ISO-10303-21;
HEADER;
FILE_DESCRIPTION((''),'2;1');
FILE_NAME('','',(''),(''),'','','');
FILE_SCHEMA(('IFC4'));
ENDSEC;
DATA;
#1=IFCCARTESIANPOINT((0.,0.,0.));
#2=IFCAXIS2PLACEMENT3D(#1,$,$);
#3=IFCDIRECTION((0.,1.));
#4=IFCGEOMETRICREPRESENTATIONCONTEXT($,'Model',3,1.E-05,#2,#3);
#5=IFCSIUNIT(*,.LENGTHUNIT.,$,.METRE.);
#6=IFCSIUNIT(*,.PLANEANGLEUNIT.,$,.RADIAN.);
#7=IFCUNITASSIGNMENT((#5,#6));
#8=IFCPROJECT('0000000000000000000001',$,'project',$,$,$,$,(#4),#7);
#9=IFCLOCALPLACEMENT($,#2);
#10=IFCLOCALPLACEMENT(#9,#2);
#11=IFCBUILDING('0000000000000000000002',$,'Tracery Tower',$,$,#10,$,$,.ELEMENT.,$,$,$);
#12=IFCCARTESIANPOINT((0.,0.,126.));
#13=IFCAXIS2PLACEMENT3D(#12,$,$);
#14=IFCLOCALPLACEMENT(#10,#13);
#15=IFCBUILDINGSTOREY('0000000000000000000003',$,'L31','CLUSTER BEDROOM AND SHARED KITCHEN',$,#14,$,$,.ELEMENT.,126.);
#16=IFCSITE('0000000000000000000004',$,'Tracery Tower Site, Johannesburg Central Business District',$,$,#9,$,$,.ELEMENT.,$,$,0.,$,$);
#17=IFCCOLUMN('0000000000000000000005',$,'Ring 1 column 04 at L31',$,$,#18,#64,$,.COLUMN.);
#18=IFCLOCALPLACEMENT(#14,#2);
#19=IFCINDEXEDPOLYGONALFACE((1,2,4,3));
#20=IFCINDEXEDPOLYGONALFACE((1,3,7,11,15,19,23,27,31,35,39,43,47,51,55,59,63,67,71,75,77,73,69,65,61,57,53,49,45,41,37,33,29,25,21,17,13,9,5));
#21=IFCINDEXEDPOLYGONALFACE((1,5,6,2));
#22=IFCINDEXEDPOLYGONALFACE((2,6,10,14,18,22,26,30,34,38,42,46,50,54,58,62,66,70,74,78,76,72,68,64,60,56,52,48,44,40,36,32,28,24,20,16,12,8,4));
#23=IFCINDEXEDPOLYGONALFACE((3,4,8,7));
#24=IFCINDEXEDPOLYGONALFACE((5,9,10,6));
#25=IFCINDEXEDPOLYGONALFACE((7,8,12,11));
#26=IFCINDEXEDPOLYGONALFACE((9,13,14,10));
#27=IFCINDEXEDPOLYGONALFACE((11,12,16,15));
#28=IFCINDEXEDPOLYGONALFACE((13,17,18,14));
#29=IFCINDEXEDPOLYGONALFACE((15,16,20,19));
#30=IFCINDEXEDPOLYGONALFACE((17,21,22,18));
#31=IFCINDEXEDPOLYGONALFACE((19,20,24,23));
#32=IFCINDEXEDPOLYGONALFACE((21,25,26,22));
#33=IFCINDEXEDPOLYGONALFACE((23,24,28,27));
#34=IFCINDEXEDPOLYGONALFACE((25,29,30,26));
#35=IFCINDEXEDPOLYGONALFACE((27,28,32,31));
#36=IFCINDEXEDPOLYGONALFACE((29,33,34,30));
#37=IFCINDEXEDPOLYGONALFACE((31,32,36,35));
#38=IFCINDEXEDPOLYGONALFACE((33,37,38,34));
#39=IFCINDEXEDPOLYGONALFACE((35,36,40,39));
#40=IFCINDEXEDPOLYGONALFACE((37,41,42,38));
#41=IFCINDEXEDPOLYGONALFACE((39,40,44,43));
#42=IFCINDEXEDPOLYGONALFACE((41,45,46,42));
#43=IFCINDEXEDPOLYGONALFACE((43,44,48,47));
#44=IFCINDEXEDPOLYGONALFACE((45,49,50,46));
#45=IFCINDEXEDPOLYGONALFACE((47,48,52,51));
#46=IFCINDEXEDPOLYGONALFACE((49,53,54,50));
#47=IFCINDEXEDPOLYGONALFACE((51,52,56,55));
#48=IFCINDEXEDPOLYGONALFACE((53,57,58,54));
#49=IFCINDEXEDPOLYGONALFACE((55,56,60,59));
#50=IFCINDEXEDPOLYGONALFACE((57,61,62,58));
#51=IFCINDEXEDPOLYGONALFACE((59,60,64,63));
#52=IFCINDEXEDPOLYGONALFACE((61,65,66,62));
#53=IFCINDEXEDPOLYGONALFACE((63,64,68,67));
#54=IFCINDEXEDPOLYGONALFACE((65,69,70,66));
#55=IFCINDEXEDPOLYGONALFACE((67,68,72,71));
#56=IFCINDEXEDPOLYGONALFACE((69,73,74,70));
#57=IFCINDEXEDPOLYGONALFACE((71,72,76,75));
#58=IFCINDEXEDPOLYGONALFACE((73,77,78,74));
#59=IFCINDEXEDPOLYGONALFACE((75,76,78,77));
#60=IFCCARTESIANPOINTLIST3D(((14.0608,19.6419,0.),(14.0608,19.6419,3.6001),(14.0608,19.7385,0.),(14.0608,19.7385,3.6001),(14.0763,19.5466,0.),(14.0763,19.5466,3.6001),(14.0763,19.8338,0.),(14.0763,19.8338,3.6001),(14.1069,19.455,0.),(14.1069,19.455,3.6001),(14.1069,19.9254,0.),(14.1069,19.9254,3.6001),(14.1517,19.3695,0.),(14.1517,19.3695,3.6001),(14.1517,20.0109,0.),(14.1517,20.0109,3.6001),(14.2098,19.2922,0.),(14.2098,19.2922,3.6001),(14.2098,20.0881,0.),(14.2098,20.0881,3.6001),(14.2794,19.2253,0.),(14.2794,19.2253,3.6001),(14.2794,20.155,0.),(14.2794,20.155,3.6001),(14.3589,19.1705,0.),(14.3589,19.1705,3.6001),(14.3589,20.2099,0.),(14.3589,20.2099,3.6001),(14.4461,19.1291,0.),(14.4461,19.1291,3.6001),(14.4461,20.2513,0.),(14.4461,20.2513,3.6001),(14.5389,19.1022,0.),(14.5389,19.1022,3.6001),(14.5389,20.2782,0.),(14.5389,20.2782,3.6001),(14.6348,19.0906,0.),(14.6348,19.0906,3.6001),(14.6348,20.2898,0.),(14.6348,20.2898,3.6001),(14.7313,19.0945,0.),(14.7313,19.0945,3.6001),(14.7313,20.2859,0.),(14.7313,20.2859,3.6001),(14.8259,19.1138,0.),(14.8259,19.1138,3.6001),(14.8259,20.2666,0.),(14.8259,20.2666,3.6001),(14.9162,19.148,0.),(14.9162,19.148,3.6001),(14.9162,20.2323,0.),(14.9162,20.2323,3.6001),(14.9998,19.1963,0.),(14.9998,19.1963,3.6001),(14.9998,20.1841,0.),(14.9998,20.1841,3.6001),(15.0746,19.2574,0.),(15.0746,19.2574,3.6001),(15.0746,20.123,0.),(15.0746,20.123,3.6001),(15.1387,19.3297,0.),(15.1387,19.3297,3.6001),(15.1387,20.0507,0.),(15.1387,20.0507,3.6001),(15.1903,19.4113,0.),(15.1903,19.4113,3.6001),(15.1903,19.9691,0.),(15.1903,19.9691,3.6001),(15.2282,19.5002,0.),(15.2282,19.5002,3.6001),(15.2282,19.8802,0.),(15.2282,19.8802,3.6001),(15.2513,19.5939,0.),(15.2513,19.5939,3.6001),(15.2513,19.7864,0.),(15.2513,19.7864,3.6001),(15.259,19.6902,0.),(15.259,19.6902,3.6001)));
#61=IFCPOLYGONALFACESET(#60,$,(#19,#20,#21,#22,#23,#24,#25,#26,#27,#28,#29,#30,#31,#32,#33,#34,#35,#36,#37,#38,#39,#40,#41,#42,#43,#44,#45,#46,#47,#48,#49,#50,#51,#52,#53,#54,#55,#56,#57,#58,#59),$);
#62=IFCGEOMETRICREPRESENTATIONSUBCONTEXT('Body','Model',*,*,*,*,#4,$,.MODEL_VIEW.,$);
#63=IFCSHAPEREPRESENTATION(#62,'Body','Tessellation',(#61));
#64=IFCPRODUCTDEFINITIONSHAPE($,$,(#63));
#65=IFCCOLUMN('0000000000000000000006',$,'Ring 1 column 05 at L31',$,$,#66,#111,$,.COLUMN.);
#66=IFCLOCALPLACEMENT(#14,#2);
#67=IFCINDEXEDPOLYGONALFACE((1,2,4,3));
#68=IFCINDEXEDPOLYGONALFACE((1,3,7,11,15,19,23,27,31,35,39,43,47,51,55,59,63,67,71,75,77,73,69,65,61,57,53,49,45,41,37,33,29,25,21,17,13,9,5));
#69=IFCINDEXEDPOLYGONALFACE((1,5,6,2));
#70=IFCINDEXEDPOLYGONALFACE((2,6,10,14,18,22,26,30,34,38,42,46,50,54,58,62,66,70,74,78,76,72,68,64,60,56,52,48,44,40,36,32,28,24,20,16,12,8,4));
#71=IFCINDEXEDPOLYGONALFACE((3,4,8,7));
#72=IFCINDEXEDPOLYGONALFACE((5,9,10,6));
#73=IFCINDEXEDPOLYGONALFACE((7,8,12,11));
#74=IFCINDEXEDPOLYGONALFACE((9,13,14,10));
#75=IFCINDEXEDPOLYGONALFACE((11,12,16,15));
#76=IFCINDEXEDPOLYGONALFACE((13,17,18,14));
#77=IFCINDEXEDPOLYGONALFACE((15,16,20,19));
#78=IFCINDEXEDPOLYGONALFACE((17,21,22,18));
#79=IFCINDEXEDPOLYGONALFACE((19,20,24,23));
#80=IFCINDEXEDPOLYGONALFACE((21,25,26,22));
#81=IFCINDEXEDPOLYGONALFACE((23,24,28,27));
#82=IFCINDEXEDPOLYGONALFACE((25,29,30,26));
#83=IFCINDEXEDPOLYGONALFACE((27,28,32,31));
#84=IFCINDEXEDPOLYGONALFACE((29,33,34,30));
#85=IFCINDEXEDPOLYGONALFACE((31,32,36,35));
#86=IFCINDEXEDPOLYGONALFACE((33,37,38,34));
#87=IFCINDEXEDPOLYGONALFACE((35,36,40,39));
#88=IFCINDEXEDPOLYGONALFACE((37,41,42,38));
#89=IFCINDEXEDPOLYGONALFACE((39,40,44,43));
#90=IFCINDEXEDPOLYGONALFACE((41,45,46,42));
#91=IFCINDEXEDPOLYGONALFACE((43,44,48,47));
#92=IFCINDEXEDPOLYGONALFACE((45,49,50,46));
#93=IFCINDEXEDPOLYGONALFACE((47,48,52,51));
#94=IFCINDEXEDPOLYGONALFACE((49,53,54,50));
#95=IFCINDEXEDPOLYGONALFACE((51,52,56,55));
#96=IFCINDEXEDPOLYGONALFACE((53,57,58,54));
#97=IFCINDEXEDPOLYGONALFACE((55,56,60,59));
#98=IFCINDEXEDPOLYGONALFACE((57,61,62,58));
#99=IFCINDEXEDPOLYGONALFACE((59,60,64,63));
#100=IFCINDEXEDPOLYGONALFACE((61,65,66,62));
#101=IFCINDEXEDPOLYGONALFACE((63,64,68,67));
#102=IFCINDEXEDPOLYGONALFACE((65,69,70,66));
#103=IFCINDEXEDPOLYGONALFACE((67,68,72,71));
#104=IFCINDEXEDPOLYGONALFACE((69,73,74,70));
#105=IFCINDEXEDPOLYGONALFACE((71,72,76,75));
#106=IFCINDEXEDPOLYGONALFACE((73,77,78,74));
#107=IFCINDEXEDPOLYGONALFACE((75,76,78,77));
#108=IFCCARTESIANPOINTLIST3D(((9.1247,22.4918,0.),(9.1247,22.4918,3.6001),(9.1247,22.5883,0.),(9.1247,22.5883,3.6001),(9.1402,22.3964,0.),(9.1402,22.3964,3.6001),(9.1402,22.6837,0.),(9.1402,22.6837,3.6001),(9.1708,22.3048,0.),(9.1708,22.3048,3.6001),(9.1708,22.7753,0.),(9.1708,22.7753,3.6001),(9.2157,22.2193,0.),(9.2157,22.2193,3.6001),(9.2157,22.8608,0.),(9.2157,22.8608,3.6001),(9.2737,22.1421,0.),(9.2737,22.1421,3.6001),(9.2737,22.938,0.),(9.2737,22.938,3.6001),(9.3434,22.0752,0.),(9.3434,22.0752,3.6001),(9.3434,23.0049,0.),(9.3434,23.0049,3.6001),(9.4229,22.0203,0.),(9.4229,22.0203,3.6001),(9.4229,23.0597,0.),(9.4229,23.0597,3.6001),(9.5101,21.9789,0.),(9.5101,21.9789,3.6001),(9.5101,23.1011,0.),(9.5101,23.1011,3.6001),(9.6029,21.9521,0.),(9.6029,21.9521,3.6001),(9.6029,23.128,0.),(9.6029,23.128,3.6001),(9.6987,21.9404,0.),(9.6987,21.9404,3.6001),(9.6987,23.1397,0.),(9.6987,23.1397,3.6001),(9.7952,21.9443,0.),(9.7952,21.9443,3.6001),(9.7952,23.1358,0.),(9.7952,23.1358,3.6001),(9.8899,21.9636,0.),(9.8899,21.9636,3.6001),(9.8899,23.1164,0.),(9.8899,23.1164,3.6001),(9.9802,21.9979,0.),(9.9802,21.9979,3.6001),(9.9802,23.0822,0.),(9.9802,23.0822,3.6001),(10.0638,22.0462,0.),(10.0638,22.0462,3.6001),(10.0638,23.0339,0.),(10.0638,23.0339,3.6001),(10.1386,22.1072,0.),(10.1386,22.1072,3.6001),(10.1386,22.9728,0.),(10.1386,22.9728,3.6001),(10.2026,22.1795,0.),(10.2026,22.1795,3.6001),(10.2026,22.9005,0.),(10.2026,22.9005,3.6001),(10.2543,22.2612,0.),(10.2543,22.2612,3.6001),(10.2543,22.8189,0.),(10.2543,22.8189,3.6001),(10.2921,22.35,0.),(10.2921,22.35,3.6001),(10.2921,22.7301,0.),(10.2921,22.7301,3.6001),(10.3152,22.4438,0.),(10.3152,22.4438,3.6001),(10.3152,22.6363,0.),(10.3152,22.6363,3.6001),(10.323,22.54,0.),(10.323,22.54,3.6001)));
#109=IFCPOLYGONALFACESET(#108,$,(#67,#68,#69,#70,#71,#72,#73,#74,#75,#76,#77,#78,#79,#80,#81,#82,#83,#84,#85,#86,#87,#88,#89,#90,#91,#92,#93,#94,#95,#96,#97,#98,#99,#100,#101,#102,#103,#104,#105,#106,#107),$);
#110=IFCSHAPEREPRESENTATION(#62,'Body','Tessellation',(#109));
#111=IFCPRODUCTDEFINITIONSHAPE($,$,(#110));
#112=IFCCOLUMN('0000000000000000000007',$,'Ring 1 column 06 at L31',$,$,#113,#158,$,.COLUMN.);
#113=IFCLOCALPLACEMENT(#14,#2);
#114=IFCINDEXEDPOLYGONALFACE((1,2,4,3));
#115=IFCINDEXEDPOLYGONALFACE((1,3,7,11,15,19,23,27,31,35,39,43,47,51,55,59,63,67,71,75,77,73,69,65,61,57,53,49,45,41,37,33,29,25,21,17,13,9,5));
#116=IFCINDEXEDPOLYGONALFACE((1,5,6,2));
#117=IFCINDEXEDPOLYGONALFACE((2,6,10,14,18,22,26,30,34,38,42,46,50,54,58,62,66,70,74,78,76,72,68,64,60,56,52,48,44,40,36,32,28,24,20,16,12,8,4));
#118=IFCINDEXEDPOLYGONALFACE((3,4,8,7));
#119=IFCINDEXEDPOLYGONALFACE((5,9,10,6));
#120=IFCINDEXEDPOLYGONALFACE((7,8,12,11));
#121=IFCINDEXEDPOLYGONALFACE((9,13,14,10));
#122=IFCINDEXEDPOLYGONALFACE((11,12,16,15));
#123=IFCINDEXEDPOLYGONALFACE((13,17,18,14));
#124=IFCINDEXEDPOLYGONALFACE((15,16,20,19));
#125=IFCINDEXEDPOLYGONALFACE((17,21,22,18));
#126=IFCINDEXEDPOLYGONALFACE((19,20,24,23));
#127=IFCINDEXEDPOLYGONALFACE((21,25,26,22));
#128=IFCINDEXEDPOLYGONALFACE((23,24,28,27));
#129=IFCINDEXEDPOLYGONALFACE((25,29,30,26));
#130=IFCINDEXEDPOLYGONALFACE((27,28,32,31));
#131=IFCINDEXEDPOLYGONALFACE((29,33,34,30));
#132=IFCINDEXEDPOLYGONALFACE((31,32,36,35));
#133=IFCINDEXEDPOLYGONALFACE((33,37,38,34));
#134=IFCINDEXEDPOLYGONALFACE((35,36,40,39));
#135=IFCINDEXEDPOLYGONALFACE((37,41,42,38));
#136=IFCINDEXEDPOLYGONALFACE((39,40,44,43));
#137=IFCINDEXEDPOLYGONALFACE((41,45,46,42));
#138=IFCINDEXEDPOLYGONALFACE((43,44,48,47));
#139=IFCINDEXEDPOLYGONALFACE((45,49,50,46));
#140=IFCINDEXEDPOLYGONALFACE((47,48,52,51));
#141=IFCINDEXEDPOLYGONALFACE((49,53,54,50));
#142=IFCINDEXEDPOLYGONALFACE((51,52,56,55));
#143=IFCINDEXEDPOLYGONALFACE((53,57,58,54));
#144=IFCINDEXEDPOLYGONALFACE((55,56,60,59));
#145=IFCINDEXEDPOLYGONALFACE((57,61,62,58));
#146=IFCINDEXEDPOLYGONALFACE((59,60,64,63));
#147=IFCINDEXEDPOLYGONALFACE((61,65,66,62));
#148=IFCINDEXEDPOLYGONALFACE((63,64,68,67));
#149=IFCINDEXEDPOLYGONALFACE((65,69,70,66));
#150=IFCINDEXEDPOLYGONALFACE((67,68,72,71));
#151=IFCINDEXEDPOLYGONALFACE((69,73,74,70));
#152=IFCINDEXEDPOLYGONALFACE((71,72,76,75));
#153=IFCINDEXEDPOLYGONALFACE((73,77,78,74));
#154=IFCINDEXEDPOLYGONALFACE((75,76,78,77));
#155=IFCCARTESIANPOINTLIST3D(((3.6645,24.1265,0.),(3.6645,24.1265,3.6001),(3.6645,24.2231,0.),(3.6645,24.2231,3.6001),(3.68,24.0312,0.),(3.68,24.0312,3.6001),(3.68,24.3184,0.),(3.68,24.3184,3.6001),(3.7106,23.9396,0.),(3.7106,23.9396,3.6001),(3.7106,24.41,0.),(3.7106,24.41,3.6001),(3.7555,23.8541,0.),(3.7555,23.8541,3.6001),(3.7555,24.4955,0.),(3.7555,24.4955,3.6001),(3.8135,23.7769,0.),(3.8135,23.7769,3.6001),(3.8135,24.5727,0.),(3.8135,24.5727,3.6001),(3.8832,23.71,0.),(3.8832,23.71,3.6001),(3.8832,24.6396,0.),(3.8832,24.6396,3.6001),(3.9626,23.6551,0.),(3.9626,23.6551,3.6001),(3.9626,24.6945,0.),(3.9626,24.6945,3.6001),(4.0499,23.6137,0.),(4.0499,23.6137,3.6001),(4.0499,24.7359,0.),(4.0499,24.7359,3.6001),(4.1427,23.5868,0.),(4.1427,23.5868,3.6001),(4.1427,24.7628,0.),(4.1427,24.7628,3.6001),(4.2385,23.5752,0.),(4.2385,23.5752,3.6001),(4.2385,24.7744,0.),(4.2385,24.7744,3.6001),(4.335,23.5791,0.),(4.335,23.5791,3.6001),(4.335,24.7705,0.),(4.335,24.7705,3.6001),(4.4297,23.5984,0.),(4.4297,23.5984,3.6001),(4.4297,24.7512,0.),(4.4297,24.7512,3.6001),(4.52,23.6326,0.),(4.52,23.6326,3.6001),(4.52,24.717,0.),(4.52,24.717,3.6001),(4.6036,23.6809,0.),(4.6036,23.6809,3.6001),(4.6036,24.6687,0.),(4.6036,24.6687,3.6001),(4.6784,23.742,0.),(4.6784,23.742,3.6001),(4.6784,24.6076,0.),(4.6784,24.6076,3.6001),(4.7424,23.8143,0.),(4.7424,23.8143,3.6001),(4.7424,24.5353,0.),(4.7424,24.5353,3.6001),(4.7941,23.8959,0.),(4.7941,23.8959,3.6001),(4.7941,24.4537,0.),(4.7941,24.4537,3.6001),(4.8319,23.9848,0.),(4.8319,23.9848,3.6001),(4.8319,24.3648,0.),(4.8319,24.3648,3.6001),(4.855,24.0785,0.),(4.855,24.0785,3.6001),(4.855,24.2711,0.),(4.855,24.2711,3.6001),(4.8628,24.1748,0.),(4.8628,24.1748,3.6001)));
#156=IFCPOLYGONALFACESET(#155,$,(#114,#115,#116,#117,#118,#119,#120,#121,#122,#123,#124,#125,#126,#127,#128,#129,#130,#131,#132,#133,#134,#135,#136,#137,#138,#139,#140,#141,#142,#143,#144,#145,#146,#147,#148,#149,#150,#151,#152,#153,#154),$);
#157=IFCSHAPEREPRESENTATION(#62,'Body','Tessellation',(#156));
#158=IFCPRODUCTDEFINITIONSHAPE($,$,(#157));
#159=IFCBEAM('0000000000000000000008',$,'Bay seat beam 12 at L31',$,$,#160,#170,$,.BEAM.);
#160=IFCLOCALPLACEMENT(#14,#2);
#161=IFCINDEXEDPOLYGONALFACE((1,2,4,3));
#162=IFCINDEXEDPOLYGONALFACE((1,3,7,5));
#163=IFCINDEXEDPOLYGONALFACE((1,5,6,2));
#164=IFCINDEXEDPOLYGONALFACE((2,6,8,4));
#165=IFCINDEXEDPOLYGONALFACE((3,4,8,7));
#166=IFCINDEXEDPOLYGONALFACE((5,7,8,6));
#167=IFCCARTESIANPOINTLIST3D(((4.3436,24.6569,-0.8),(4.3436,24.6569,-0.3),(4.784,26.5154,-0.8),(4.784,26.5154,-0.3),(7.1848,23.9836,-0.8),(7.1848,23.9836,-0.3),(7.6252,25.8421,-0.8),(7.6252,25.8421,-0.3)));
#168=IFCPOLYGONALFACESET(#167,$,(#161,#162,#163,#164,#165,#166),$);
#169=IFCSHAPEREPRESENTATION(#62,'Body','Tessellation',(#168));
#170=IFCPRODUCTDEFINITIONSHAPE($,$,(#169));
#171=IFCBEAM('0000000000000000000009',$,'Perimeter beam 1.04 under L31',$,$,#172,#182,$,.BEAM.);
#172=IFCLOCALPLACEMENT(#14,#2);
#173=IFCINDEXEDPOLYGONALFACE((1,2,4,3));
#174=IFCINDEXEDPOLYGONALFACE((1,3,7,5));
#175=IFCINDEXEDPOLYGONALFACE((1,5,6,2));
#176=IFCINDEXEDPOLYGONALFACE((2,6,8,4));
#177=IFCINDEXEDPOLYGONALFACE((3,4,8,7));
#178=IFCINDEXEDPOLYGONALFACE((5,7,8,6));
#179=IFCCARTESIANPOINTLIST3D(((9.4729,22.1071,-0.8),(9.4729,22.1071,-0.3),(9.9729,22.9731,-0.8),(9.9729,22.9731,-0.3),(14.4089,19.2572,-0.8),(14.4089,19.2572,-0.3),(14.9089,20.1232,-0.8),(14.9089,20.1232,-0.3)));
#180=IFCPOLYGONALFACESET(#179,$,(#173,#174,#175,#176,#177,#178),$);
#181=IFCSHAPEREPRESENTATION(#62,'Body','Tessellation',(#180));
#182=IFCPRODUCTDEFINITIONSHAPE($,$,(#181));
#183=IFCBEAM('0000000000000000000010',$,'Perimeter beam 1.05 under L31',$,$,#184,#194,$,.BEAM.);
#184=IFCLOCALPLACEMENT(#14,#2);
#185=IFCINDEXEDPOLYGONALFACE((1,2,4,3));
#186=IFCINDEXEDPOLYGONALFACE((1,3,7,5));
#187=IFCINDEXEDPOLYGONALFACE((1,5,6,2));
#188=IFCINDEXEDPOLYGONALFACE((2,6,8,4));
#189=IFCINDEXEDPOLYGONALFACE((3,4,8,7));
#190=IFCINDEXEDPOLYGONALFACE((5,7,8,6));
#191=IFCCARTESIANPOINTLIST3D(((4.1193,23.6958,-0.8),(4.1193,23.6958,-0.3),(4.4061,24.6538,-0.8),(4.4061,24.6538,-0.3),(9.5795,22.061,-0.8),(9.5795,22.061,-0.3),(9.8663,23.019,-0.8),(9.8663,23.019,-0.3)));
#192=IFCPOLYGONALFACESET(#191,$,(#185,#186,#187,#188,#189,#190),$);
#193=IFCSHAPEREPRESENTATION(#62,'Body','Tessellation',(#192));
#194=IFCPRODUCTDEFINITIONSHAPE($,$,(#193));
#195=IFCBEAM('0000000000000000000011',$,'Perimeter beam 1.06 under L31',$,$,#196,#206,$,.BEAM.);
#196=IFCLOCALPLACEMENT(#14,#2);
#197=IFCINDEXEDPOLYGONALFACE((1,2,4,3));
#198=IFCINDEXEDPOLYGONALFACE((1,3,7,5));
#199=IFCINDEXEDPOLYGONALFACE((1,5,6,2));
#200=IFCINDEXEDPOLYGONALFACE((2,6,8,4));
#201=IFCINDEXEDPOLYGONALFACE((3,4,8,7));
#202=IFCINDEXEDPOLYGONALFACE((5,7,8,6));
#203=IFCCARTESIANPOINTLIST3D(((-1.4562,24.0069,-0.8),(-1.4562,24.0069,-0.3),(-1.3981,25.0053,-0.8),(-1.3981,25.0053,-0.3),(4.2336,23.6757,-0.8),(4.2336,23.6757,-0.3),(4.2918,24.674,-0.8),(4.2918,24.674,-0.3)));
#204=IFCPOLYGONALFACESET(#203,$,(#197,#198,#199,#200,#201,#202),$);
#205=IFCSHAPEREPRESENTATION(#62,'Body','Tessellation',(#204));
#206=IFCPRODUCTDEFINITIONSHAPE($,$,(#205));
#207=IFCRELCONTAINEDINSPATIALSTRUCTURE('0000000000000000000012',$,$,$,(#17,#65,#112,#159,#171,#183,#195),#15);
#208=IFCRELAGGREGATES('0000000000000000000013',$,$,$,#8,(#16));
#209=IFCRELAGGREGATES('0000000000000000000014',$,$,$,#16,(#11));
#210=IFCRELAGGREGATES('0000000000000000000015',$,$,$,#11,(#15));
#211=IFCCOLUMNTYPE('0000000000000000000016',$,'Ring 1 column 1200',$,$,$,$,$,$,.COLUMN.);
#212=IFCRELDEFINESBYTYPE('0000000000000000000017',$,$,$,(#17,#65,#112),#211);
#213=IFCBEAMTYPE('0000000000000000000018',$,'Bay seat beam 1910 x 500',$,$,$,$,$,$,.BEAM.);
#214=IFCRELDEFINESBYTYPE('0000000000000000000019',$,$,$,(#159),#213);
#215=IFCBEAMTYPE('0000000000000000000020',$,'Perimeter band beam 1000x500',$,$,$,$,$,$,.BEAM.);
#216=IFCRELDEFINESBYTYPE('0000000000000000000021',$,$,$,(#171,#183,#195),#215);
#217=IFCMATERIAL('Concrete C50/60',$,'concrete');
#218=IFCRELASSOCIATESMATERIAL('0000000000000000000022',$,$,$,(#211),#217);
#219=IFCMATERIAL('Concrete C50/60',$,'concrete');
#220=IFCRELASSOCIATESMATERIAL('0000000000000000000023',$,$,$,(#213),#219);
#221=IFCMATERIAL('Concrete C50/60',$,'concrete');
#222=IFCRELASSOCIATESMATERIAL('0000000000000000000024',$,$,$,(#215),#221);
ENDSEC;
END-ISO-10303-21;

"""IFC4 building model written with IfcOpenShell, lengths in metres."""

from ifc_helpers import new_model, si_unit, direction, frame, origin, origin_2d, place, context, subcontext, project, spatial, rectangle, circle, extrude, material, material_profile, profile_set, type_object, element, save


model = new_model("IFC4")

# Units and contexts
model_context = context("Model", 3, precision=1e-05, world=origin(), true_north=direction((0.0, 1.0)))
body_context = subcontext(model_context, "Body", "Model", "MODEL_VIEW")
ifc_project = project(units=[si_unit("LENGTHUNIT", "METRE"), si_unit("PLANEANGLEUNIT", "RADIAN")], contexts=[model_context])

# Site, building, storey
site_placement = place(None, origin())
site = spatial("IfcSite", under=ifc_project, at=site_placement, Name="Tracery Tower Site, Johannesburg Central Business District", CompositionType="ELEMENT", RefElevation=0.0)
building_placement = place(site_placement, origin())
building = spatial("IfcBuilding", under=site, at=building_placement, Name="Tracery Tower", CompositionType="ELEMENT")
storey_placement = place(building_placement, frame((0.0, 0.0, 126.0)))
storey = spatial("IfcBuildingStorey", under=building, at=storey_placement, Name="L31", Description="CLUSTER BEDROOM AND SHARED KITCHEN", CompositionType="ELEMENT", Elevation=126.0)

# Columns
ifc_material_1 = material(Name="Concrete C50/60", Category="concrete")
ifc_material_profile_1 = material_profile(ifc_material_1, circle(Radius=0.6001, at=origin_2d()), Name="RC D1200")
ifc_profile_set_1 = profile_set([ifc_material_profile_1], Name="Concrete C50/60")
column_type = type_object("IfcColumnType", Name="Ring 1 column 1200", PredefinedType="COLUMN", material=ifc_profile_set_1)
for number, where, z_axis, x_axis, name in (
    (1, (14.6589, 19.6902, 0.0), (0.0, 0.0, 1.0), (1.0, 0.0, 0.0), "Ring 1 column 04 at L31"),
    (2, (9.7229, 22.54, 0.0), (0.0, 0.0, 1.0), (1.0, 0.0, 0.0), "Ring 1 column 05 at L31"),
    (3, (4.2627, 24.1748, 0.0), (0.0, 0.0, 1.0), (1.0, 0.0, 0.0), "Ring 1 column 06 at L31"),
):
    element("IfcColumn", number, at=place(storey_placement, frame(where, z_axis=z_axis, x_axis=x_axis)), inside=storey, type_object=column_type, Name=name, PredefinedType="COLUMN", context=body_context, shape_type="SweptSolid", body=[
        extrude(circle(Radius=0.6001, at=origin_2d()), origin(), (0.0, 0.0, 1.0), 3.6001),
    ])

# Beams
ifc_material_2 = material(Name="Concrete C50/60", Category="concrete")
ifc_material_profile_2 = material_profile(ifc_material_2, rectangle(XDim=1.9099, YDim=0.5, at=origin_2d()), Name="RC 1910x500")
ifc_profile_set_2 = profile_set([ifc_material_profile_2], Name="Concrete C50/60")
beam_type_1 = type_object("IfcBeamType", Name="Bay seat beam 1910 x 500", PredefinedType="BEAM", material=ifc_profile_set_2)
beam_1_placement = place(storey_placement, frame((7.405, 24.9128, -0.55), z_axis=(-0.97305, 0.230596, 0.0), x_axis=(-0.230596, -0.97305, 0.0)))
element("IfcBeam", 4, at=beam_1_placement, inside=storey, type_object=beam_type_1, Name="Bay seat beam 12 at L31", PredefinedType="BEAM", context=body_context, shape_type="SweptSolid", body=[
    extrude(rectangle(XDim=1.9099, YDim=0.5, at=origin_2d()), origin(), (0.0, 0.0, 1.0), 2.9199),
])
ifc_material_3 = material(Name="Concrete C50/60", Category="concrete")
ifc_material_profile_3 = material_profile(ifc_material_3, rectangle(XDim=1.0, YDim=0.5, at=origin_2d()), Name="RC 1000x500")
ifc_profile_set_3 = profile_set([ifc_material_profile_3], Name="Concrete C50/60")
beam_type_2 = type_object("IfcBeamType", Name="Perimeter band beam 1000x500", PredefinedType="BEAM", material=ifc_profile_set_3)
for number, where, z_axis, x_axis, name in (
    (5, (14.6589, 19.6902, -0.55), (-0.866023, 0.500004, 0.0), (-0.500004, -0.866023, 0.0), "Perimeter beam 1.04 under L31"),
    (6, (9.7229, 22.54, -0.55), (-0.957985, 0.286817, 0.0), (-0.286817, -0.957985, 0.0), "Perimeter beam 1.05 under L31"),
):
    element("IfcBeam", number, at=place(storey_placement, frame(where, z_axis=z_axis, x_axis=x_axis)), inside=storey, type_object=beam_type_2, Name=name, PredefinedType="BEAM", context=body_context, shape_type="SweptSolid", body=[
        extrude(rectangle(XDim=1.0, YDim=0.5, at=origin_2d()), origin(), (0.0, 0.0, 1.0), 5.6997),
    ])
beam_2_placement = place(storey_placement, frame((4.2627, 24.1748, -0.55), z_axis=(-0.998309, 0.058127, 0.0), x_axis=(-0.058127, -0.998309, 0.0)))
element("IfcBeam", 7, at=beam_2_placement, inside=storey, type_object=beam_type_2, Name="Perimeter beam 1.06 under L31", PredefinedType="BEAM", context=body_context, shape_type="SweptSolid", body=[
    extrude(rectangle(XDim=1.0, YDim=0.5, at=origin_2d()), origin(), (0.0, 0.0, 1.0), 5.6995),
])

save(model, "model.ifc")
